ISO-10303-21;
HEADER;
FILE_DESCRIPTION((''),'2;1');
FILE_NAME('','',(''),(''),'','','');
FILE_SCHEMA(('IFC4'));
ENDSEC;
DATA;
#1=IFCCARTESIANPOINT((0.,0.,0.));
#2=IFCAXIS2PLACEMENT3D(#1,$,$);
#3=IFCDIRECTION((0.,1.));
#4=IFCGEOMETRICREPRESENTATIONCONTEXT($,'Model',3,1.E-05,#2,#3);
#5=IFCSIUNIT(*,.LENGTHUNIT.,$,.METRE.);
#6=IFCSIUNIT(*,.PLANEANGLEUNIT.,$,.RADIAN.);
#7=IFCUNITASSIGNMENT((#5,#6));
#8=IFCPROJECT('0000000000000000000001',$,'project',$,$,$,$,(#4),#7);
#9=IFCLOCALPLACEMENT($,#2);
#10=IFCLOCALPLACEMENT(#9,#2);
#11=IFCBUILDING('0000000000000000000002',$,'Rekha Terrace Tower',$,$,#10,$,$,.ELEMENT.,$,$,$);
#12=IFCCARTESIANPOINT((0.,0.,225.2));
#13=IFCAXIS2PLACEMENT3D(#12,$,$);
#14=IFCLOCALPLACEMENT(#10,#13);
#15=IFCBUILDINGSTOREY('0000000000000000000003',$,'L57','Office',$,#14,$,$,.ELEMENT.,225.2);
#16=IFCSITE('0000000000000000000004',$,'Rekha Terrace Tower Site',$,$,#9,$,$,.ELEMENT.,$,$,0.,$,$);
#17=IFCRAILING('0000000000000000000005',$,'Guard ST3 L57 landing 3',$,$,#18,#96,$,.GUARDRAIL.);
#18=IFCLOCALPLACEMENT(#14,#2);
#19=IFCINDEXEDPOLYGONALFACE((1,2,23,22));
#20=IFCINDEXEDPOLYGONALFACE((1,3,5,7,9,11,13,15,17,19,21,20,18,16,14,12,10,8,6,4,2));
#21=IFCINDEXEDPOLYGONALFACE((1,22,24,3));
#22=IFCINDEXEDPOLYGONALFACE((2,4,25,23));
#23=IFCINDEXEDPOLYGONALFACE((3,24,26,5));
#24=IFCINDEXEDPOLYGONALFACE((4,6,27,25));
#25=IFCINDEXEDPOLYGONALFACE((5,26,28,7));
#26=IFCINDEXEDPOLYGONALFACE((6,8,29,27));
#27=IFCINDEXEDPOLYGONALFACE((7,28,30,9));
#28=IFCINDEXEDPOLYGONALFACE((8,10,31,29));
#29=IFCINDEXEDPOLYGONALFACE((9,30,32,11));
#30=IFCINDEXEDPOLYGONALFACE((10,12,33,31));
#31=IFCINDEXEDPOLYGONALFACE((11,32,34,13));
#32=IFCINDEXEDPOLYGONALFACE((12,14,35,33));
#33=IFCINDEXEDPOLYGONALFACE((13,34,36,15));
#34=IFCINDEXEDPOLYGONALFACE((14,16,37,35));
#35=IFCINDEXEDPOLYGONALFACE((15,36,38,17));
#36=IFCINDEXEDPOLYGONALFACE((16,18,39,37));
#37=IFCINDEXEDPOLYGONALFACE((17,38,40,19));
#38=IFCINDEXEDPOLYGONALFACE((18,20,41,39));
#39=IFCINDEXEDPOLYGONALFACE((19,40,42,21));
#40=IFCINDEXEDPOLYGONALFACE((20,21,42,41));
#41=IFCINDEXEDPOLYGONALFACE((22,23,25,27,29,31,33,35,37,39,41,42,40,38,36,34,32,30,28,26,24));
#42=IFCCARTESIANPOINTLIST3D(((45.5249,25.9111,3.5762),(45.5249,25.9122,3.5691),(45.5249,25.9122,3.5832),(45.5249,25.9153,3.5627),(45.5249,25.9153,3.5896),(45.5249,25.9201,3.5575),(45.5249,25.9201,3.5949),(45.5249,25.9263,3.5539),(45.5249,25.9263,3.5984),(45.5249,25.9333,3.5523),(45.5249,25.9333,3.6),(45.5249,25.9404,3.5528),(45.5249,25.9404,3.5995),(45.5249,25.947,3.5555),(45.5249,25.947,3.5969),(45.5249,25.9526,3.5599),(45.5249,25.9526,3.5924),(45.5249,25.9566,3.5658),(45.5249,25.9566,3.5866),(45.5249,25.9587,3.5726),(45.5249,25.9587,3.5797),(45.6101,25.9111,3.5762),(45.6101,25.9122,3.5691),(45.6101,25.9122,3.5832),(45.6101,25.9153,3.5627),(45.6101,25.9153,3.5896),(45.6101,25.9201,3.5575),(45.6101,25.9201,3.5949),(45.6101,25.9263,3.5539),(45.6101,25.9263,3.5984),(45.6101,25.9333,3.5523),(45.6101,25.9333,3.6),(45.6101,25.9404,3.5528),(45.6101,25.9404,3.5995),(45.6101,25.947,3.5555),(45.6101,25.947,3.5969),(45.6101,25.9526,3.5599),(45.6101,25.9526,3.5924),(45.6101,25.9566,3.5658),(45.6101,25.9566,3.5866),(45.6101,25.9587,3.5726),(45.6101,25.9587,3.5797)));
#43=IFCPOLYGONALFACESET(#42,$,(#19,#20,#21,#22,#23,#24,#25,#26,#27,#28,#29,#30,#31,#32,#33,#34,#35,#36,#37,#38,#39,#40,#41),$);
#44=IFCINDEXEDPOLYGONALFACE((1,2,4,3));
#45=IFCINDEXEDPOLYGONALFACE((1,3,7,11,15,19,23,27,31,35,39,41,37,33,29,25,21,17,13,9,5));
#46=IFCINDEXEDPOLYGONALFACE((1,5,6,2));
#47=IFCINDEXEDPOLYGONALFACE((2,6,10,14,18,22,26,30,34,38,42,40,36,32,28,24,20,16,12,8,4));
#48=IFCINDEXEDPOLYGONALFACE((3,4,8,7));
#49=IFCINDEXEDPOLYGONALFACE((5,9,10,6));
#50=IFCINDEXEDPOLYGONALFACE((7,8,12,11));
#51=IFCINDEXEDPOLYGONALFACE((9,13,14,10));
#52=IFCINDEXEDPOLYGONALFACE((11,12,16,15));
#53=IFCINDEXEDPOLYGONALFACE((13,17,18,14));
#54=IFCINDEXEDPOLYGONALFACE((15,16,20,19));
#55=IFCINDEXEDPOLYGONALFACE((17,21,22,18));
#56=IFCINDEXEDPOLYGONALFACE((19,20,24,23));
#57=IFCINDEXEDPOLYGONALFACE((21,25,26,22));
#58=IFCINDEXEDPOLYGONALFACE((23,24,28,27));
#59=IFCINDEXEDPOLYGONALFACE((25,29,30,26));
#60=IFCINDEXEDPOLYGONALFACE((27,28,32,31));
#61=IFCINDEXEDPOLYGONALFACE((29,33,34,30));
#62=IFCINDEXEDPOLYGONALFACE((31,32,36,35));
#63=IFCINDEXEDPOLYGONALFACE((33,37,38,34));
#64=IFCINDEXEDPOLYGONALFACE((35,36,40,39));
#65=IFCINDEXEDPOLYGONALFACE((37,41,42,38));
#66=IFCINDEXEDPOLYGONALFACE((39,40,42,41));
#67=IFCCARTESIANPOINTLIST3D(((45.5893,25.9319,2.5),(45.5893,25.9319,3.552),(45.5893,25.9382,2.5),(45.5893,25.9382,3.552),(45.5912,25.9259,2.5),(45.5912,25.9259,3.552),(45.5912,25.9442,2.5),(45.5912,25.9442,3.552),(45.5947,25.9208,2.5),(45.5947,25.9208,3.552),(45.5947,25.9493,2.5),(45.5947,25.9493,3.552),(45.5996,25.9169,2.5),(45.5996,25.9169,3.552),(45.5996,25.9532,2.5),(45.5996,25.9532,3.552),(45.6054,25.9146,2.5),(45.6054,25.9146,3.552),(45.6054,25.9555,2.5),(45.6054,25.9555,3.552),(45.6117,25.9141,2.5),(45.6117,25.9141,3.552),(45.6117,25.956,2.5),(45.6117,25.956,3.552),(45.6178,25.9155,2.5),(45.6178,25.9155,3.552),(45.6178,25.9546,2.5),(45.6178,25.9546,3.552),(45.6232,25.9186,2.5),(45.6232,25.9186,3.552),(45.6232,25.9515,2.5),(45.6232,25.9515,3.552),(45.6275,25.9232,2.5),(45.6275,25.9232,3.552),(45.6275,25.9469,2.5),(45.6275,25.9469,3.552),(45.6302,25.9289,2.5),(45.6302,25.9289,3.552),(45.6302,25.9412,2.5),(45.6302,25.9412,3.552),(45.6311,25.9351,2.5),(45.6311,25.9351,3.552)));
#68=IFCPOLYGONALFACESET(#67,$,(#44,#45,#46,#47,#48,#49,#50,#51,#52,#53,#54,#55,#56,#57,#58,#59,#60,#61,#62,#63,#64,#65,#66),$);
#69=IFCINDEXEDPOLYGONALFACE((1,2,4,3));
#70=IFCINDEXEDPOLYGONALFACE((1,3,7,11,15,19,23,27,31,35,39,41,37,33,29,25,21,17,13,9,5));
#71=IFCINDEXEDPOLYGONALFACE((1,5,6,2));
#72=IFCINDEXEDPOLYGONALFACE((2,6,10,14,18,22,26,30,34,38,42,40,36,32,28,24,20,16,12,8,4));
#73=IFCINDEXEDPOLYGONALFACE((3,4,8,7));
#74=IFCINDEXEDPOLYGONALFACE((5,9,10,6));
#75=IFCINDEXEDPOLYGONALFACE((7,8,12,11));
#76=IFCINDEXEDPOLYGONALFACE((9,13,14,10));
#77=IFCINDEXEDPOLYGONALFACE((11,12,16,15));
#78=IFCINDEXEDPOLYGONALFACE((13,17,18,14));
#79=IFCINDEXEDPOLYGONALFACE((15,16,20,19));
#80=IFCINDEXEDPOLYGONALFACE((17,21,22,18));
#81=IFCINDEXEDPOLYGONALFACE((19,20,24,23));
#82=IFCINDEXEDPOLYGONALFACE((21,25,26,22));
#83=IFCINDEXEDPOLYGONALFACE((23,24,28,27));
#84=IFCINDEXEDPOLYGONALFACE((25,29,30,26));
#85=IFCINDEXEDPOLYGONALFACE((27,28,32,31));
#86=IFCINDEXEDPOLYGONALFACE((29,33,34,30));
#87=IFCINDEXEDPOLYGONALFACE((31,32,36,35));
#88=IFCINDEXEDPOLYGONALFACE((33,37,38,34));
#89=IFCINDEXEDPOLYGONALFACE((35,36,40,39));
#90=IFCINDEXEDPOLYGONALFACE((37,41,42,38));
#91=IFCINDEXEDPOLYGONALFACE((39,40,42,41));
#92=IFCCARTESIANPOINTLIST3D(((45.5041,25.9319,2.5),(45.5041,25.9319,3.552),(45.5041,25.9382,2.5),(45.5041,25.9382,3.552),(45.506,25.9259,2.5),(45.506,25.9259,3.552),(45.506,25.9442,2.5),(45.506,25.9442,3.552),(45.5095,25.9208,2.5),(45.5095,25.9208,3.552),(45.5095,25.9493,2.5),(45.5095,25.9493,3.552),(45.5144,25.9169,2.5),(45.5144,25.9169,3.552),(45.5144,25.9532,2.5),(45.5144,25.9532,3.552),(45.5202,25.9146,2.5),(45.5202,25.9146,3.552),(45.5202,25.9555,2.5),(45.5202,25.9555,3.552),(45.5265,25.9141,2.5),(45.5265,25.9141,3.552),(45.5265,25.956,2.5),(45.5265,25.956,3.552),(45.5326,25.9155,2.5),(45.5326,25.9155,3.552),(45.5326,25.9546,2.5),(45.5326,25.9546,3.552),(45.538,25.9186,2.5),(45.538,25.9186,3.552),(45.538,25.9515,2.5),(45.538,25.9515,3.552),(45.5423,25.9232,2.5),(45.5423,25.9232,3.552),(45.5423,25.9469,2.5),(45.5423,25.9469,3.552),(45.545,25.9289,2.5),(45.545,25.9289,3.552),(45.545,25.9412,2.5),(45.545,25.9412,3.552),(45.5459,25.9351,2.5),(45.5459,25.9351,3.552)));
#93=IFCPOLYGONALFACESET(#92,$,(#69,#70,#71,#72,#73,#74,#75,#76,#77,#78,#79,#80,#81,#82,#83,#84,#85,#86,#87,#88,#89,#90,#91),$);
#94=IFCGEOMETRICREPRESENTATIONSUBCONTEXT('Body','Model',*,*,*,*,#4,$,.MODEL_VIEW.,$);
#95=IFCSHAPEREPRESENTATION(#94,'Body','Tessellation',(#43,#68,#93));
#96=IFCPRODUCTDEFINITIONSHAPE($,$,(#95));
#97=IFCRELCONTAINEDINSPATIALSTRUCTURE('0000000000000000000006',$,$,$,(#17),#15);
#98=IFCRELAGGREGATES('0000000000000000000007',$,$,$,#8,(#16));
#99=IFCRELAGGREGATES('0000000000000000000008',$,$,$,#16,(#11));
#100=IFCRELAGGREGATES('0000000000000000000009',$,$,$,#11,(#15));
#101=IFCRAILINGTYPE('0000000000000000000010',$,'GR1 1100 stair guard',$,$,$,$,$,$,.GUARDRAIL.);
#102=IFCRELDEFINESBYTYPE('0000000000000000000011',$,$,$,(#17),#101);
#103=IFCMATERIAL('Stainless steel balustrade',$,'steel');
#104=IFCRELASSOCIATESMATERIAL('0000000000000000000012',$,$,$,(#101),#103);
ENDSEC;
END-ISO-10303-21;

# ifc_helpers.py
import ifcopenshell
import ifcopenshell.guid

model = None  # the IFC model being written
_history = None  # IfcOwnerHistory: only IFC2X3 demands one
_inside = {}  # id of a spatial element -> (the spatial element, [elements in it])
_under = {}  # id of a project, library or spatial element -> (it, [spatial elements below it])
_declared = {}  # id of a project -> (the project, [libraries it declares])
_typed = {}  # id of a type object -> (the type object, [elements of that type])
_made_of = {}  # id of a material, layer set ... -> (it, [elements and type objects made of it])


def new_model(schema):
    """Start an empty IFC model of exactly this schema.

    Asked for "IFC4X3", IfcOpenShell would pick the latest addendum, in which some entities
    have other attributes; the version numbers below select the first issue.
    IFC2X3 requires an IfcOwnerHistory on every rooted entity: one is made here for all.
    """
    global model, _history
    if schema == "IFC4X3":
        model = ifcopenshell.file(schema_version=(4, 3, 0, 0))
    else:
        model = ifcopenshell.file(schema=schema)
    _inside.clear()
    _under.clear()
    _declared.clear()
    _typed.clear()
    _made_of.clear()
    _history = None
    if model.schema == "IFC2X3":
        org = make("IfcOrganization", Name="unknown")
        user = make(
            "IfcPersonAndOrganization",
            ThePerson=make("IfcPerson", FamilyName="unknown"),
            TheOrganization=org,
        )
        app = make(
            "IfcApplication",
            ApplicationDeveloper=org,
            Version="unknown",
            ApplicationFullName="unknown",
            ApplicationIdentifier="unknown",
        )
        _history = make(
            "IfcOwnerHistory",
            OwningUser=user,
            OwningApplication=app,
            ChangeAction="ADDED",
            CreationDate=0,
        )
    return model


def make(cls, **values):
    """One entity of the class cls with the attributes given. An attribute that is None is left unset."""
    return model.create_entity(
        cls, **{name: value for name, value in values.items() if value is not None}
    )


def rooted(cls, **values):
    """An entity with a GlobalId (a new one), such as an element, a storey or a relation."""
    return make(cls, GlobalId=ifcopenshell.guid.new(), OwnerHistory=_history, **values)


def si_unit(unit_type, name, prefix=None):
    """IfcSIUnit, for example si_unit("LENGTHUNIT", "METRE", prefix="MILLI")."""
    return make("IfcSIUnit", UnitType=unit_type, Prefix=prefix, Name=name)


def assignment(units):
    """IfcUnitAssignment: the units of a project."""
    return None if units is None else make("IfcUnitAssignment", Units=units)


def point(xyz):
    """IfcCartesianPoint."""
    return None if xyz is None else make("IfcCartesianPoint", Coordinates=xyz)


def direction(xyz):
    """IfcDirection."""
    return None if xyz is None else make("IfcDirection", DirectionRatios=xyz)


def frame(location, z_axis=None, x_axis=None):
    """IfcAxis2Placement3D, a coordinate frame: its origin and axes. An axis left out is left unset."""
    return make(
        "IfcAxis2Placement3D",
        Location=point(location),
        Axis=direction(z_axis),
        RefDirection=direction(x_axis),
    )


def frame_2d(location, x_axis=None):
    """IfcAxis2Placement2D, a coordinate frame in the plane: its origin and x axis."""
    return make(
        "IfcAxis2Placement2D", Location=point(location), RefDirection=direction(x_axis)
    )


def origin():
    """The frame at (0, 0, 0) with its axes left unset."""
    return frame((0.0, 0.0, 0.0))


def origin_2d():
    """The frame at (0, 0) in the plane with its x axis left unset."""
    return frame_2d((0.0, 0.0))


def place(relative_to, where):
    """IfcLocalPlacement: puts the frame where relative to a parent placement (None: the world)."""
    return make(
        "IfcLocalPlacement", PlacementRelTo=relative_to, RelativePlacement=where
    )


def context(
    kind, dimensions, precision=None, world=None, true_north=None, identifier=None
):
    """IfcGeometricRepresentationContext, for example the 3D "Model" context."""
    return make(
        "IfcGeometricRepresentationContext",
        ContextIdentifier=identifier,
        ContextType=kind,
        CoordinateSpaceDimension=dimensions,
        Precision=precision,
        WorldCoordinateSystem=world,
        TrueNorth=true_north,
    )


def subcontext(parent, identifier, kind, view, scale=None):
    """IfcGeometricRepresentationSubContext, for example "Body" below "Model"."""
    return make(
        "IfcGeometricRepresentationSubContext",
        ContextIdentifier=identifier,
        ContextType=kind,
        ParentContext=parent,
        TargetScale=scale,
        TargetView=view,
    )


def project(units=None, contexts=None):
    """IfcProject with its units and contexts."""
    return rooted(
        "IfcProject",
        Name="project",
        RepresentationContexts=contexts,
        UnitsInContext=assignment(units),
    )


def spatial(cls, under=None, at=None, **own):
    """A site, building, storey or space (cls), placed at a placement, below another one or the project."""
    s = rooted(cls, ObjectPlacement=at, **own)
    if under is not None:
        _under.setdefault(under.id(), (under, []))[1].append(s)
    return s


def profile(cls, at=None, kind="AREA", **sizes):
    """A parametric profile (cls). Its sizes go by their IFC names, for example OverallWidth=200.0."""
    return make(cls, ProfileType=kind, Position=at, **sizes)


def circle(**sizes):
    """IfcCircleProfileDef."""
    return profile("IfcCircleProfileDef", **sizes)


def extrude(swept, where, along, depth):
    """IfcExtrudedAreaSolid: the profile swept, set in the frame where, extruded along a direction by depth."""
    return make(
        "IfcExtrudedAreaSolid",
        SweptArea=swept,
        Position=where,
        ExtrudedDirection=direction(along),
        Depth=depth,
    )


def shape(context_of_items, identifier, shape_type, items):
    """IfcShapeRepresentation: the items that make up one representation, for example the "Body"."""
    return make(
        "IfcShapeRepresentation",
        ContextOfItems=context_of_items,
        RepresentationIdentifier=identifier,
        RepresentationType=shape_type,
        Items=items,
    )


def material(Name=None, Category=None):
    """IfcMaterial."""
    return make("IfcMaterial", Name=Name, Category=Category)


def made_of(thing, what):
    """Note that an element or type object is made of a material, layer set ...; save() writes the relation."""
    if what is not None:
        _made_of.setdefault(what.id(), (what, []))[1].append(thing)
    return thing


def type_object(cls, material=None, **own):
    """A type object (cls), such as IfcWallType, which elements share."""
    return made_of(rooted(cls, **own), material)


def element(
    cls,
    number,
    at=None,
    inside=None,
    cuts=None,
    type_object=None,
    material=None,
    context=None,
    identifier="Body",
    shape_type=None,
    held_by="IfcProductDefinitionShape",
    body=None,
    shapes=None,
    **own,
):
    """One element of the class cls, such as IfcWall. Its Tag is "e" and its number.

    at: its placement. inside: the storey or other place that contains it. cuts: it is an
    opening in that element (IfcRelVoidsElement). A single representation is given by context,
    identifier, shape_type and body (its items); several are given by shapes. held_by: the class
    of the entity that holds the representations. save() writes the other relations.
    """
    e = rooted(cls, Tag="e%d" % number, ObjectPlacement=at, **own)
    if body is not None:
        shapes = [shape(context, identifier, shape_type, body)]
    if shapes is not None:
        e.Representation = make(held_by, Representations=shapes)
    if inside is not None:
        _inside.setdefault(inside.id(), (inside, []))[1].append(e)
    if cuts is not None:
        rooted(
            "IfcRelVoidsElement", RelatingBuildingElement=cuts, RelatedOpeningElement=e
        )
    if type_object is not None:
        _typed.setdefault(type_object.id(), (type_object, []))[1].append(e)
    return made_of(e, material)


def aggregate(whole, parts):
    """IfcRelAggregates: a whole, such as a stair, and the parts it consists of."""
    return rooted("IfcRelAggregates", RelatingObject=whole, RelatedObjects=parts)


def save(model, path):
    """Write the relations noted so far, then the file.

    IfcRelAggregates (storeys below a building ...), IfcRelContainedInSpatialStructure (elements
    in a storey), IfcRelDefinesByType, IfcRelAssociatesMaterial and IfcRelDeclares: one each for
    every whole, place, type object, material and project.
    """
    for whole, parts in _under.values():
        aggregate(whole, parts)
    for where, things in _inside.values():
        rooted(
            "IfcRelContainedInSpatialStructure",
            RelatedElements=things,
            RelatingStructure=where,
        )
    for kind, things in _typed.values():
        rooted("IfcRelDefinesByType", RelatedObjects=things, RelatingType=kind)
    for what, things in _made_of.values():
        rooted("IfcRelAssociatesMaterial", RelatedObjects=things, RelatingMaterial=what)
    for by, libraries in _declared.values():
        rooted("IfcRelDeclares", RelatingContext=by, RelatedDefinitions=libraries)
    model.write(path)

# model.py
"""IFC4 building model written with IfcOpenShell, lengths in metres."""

from ifc_helpers import new_model, si_unit, direction, frame, origin, origin_2d, place, context, subcontext, project, spatial, circle, extrude, material, type_object, element, save


model = new_model("IFC4")

# Units and contexts
model_context = context("Model", 3, precision=1e-05, world=origin(), true_north=direction((0.0, 1.0)))
body_context = subcontext(model_context, "Body", "Model", "MODEL_VIEW")
ifc_project = project(units=[si_unit("LENGTHUNIT", "METRE"), si_unit("PLANEANGLEUNIT", "RADIAN")], contexts=[model_context])

# Site, building, storey
site_placement = place(None, origin())
site = spatial("IfcSite", under=ifc_project, at=site_placement, Name="Rekha Terrace Tower Site", CompositionType="ELEMENT", RefElevation=0.0)
building_placement = place(site_placement, origin())
building = spatial("IfcBuilding", under=site, at=building_placement, Name="Rekha Terrace Tower", CompositionType="ELEMENT")
storey_placement = place(building_placement, frame((0.0, 0.0, 225.2)))
storey = spatial("IfcBuildingStorey", under=building, at=storey_placement, Name="L57", Description="Office", CompositionType="ELEMENT", Elevation=225.2)

# Railing
ifc_material_1 = material(Name="Stainless steel balustrade", Category="steel")
railing_type_1 = type_object("IfcRailingType", Name="GR1 1100 stair guard", PredefinedType="GUARDRAIL", material=ifc_material_1)
railing_1_placement = place(storey_placement, frame((45.6101, 25.9351, 2.5)))
element("IfcRailing", 1, at=railing_1_placement, inside=storey, type_object=railing_type_1, Name="Guard ST3 L57 landing 3", PredefinedType="GUARDRAIL", context=body_context, shape_type="SweptSolid", body=[
    extrude(circle(Radius=0.0239, at=origin_2d()), frame((0.0, 0.0, 1.0762), z_axis=(-1.0, 0.0, 0.0), x_axis=(0.0, -1.0, 0.0)), (0.0, 0.0, 1.0), 0.0852),
    extrude(circle(Radius=0.021, at=origin_2d()), origin(), (0.0, 0.0, 1.0), 1.052),
    extrude(circle(Radius=0.021, at=origin_2d()), frame((-0.0852, 0.0, 0.0)), (0.0, 0.0, 1.0), 1.052),
])

save(model, "model.ifc")
